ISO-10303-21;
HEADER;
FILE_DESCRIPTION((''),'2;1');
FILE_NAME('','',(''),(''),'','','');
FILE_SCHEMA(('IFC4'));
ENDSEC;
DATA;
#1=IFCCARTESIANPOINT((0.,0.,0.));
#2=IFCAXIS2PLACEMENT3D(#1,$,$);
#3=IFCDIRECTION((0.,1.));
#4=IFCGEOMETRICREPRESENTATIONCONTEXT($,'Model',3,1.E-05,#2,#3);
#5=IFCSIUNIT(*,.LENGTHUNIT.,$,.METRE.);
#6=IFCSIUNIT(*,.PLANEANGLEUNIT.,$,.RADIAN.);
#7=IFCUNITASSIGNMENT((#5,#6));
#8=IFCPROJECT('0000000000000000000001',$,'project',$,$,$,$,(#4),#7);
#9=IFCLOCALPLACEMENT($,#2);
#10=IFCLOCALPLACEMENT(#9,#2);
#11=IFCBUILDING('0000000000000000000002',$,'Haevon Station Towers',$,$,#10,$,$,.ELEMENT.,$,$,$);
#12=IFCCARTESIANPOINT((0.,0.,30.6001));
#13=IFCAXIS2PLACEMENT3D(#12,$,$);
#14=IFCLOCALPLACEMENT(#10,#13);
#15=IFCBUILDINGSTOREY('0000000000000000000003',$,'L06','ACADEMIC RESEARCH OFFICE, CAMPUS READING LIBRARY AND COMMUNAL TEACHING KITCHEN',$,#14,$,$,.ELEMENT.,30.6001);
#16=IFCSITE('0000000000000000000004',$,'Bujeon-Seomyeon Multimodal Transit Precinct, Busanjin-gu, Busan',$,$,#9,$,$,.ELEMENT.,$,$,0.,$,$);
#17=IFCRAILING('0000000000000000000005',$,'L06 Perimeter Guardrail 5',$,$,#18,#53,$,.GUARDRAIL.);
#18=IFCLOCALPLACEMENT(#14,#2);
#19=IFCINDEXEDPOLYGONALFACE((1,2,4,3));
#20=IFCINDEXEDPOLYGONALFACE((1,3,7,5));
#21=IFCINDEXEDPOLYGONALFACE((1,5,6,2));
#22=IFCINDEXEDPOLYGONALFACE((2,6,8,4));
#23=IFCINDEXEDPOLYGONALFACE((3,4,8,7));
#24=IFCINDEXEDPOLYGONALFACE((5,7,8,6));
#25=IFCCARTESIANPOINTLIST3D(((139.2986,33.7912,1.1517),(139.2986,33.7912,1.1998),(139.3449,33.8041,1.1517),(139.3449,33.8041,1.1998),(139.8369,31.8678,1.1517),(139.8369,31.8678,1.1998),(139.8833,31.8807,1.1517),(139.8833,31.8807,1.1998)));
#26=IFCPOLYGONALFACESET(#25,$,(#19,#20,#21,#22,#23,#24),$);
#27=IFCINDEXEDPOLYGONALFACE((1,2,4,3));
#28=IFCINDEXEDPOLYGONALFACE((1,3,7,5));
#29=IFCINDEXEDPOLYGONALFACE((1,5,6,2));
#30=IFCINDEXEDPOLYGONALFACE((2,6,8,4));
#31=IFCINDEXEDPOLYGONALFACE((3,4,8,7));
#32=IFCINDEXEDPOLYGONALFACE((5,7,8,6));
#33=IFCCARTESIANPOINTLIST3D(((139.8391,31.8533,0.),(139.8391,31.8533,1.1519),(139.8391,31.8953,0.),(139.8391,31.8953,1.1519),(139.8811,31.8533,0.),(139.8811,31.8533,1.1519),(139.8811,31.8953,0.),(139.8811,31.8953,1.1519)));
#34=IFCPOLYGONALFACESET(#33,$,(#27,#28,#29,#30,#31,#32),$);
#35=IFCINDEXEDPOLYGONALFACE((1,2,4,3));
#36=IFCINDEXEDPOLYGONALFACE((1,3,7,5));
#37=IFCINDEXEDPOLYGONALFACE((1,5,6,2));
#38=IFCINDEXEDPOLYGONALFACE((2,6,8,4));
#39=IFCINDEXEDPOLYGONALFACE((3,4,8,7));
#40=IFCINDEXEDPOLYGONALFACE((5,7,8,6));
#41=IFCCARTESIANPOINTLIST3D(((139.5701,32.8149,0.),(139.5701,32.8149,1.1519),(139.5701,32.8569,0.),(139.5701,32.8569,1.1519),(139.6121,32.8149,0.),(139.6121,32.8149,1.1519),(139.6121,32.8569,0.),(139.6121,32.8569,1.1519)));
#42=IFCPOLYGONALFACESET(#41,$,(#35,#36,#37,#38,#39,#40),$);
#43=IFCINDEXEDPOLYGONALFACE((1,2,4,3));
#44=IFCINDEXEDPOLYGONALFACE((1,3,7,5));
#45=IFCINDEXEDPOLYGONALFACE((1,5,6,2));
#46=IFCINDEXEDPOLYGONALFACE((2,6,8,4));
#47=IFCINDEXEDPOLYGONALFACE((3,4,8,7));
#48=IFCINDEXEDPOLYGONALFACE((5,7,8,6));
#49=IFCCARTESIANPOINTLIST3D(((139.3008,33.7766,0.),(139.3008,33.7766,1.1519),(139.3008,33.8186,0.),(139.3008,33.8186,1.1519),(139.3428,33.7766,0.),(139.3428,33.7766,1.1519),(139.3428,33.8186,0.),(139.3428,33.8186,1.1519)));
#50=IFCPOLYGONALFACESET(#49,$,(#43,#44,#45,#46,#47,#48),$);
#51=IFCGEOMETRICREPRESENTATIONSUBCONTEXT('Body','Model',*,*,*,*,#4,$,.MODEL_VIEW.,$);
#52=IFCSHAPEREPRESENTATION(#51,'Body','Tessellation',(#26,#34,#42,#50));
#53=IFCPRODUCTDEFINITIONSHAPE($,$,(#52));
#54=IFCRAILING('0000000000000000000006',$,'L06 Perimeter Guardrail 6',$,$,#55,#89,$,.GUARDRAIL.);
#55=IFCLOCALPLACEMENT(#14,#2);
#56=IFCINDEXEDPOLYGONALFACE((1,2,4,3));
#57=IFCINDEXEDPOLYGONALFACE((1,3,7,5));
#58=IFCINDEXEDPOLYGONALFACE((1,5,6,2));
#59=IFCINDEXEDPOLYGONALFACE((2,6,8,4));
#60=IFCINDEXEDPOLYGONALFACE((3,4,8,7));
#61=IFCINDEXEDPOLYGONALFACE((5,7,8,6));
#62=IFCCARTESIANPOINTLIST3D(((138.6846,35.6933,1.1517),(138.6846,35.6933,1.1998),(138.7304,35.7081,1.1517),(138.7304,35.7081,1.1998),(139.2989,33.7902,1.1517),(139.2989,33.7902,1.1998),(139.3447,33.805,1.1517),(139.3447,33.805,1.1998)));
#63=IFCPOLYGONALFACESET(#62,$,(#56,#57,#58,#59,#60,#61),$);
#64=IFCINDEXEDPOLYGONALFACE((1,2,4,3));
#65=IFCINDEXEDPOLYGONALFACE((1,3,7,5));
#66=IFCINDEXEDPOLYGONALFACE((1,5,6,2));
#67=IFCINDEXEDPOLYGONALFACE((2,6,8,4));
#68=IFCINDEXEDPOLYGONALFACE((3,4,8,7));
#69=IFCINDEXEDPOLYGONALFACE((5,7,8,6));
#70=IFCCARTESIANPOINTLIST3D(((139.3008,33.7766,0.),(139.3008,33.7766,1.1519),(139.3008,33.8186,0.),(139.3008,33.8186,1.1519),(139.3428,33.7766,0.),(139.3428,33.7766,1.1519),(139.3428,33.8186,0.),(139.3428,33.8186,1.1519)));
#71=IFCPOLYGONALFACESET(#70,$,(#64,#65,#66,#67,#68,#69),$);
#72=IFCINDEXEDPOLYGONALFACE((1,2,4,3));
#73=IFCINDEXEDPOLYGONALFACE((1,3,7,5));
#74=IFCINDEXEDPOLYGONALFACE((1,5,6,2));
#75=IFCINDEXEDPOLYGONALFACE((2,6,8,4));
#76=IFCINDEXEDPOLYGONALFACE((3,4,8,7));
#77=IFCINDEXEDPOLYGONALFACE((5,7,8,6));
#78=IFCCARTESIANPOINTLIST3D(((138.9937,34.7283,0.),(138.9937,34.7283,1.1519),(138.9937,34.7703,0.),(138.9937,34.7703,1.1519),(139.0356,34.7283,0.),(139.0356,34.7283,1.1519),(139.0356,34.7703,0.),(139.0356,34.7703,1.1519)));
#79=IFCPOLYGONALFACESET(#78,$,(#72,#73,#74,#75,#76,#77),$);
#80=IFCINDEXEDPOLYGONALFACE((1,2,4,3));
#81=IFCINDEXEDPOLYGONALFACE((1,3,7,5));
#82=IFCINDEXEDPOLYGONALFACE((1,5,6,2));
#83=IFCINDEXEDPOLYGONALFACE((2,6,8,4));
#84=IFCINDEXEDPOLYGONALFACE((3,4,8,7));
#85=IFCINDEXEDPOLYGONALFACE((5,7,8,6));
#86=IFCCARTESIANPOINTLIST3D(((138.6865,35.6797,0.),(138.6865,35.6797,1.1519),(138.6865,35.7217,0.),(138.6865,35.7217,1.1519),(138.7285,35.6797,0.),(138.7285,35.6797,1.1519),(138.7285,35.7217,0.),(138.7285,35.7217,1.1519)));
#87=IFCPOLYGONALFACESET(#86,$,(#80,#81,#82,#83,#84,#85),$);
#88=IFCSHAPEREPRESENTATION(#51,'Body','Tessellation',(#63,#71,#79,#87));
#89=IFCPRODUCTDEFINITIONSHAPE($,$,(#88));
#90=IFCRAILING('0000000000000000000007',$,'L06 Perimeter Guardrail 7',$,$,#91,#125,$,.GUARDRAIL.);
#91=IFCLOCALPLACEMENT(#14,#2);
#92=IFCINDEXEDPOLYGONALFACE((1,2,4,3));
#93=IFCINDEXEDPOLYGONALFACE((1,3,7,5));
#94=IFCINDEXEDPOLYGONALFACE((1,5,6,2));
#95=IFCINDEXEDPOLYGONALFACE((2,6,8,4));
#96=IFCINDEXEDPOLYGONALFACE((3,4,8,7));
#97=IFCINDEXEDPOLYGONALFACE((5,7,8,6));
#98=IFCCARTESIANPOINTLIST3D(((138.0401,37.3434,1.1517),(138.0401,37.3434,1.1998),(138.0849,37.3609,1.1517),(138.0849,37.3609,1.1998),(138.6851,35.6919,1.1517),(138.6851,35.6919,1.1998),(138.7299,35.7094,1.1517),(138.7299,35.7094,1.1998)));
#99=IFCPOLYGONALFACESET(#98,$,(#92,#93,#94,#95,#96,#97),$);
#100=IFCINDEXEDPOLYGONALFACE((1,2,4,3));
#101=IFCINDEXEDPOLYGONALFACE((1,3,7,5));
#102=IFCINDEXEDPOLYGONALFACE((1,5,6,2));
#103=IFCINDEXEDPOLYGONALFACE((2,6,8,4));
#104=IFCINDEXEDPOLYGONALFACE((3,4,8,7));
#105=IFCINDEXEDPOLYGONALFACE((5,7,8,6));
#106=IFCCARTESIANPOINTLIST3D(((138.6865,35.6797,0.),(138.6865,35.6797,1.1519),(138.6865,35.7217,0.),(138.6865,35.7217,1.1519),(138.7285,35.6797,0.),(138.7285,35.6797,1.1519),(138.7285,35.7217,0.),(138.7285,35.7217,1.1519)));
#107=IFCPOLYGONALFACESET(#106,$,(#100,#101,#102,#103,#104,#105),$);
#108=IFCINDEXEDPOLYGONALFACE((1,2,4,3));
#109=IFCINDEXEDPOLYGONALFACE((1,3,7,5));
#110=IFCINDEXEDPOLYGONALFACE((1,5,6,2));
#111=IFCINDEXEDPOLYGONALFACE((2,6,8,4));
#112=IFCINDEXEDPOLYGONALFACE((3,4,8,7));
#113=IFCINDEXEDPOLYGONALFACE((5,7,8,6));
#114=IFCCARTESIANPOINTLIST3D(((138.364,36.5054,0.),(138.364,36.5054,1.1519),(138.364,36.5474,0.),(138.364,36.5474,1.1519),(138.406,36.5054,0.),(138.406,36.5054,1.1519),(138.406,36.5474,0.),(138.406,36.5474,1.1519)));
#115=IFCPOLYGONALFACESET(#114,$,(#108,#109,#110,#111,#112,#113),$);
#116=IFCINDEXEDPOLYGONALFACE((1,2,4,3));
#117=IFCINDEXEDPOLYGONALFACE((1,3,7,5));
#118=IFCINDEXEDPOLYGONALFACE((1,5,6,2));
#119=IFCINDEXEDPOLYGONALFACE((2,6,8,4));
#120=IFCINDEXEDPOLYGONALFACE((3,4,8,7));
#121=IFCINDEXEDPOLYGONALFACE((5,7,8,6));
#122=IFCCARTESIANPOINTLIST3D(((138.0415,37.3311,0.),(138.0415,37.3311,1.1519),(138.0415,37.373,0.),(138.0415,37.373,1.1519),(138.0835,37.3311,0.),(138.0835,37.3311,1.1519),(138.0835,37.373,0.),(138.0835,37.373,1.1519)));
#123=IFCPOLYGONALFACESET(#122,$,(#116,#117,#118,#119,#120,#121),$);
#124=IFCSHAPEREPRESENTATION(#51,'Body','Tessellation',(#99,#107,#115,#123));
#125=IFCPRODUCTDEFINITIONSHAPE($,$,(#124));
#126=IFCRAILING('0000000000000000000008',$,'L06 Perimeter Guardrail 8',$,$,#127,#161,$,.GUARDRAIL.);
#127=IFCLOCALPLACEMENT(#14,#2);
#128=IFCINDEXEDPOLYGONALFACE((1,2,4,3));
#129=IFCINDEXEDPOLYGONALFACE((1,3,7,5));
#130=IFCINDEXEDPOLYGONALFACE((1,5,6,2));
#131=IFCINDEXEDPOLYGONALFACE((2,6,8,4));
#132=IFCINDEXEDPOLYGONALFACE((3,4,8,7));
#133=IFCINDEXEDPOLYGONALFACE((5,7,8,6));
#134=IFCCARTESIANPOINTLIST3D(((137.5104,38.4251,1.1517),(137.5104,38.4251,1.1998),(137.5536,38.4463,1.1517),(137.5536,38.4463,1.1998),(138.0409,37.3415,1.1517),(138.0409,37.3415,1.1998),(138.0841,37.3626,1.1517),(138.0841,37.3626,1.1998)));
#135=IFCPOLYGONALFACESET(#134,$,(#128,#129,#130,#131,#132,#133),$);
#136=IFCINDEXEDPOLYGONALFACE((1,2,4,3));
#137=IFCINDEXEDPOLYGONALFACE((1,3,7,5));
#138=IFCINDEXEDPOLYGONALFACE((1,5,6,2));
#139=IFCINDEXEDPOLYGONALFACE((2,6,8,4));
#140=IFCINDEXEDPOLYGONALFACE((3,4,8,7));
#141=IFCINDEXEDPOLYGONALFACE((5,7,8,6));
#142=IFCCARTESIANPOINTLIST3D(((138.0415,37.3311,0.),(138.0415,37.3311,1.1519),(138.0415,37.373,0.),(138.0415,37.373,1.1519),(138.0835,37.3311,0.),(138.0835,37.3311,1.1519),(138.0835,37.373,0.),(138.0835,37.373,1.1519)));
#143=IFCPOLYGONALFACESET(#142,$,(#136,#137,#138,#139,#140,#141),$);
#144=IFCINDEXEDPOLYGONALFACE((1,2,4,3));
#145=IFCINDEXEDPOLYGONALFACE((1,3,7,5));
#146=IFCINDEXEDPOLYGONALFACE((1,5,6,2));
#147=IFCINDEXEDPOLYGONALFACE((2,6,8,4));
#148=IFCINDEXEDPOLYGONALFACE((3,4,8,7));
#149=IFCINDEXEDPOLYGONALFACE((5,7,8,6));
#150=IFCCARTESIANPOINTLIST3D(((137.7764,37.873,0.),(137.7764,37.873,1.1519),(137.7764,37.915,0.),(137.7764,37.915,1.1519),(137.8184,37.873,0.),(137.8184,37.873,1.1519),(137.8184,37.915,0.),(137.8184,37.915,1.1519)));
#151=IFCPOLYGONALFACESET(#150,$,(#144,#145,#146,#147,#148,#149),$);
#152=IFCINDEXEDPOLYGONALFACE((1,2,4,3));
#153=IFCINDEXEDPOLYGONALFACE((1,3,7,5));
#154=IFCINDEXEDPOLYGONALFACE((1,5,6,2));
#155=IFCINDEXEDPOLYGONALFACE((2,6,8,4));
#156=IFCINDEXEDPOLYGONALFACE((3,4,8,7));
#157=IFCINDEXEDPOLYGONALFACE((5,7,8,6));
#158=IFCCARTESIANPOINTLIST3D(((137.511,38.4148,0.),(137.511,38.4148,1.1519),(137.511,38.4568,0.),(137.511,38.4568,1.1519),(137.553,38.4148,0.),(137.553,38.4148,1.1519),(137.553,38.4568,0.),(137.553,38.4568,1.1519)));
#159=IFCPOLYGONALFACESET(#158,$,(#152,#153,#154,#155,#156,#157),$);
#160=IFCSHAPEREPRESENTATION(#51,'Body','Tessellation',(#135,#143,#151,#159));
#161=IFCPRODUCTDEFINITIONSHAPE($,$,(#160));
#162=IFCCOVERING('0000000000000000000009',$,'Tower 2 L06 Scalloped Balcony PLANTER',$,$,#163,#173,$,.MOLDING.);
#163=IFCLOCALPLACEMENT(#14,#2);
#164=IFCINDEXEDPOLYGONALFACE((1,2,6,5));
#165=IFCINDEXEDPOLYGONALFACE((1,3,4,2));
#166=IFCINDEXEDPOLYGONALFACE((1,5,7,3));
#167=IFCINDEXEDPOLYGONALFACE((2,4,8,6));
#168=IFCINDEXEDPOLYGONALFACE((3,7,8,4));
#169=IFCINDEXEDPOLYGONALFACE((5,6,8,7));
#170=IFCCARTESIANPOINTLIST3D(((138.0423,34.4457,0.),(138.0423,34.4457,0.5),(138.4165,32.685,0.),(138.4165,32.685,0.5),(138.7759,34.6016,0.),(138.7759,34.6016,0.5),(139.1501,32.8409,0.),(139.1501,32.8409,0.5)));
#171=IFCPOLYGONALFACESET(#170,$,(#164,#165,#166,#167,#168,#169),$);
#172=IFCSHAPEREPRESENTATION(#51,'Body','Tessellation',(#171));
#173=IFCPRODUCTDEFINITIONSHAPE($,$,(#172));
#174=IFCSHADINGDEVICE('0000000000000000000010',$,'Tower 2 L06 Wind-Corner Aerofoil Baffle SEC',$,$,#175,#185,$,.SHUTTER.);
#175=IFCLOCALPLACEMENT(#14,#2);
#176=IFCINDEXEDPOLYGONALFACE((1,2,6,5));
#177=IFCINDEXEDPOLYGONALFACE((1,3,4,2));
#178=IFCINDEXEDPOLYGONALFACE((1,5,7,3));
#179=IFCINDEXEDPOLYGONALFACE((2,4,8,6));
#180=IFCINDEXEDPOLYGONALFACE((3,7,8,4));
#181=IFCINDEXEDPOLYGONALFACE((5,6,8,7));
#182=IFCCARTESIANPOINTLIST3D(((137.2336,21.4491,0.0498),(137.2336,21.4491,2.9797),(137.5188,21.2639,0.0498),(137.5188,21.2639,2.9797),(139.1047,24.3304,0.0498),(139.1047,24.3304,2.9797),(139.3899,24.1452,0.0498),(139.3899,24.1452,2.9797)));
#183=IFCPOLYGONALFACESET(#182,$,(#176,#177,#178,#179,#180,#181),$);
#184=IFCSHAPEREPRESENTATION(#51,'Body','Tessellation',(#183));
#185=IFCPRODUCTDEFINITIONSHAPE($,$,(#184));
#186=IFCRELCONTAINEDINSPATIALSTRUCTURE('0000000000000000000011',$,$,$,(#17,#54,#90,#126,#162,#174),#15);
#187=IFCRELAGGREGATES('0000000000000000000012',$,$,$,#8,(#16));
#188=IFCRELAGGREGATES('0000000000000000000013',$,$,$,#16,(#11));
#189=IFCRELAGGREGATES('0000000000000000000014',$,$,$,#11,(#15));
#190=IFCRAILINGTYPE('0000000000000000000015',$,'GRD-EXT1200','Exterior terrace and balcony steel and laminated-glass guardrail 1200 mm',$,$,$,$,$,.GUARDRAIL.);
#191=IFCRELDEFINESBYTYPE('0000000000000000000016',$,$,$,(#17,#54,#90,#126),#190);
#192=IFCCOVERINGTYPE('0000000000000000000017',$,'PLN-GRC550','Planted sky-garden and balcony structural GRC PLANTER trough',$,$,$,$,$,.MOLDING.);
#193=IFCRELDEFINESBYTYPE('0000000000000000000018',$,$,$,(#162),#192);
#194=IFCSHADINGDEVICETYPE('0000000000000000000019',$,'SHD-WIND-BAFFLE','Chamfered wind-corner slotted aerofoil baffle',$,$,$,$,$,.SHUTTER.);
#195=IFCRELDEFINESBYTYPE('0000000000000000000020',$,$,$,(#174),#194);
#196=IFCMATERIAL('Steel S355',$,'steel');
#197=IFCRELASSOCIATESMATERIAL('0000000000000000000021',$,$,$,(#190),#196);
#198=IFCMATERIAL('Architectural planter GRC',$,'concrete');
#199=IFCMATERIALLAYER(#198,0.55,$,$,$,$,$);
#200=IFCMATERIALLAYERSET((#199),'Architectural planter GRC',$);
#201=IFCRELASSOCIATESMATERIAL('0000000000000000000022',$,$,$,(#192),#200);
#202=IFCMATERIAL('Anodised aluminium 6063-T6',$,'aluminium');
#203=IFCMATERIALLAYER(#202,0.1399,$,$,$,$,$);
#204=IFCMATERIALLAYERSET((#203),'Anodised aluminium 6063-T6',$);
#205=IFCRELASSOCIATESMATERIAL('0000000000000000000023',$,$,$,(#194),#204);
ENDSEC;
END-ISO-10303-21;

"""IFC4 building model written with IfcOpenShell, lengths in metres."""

from ifc_helpers import new_model, si_unit, direction, frame, origin, origin_2d, place, context, subcontext, project, spatial, rectangle, extrude, material, layer, layer_set, type_object, element, save


model = new_model("IFC4")

# Units and contexts
model_context = context("Model", 3, precision=1e-05, world=origin(), true_north=direction((0.0, 1.0)))
body_context = subcontext(model_context, "Body", "Model", "MODEL_VIEW")
ifc_project = project(units=[si_unit("LENGTHUNIT", "METRE"), si_unit("PLANEANGLEUNIT", "RADIAN")], contexts=[model_context])

# Site, building, storey
site_placement = place(None, origin())
site = spatial("IfcSite", under=ifc_project, at=site_placement, Name="Bujeon-Seomyeon Multimodal Transit Precinct, Busanjin-gu, Busan", CompositionType="ELEMENT", RefElevation=0.0)
building_placement = place(site_placement, origin())
building = spatial("IfcBuilding", under=site, at=building_placement, Name="Haevon Station Towers", CompositionType="ELEMENT")
storey_placement = place(building_placement, frame((0.0, 0.0, 30.6001)))
storey = spatial("IfcBuildingStorey", under=building, at=storey_placement, Name="L06", Description="ACADEMIC RESEARCH OFFICE, CAMPUS READING LIBRARY AND COMMUNAL TEACHING KITCHEN", CompositionType="ELEMENT", Elevation=30.6001)

# Shared definitions
ifc_material_1 = material(Name="Steel S355", Category="steel")

# Railings
railing_type = type_object("IfcRailingType", Name="GRD-EXT1200", Description="Exterior terrace and balcony steel and laminated-glass guardrail 1200 mm", PredefinedType="GUARDRAIL", material=ifc_material_1)
railing_1_placement = place(storey_placement, frame((139.8601, 31.8743, 0.0)))
element("IfcRailing", 1, at=railing_1_placement, inside=storey, type_object=railing_type, Name="L06 Perimeter Guardrail 5", PredefinedType="GUARDRAIL", context=body_context, shape_type="SweptSolid", body=[
    extrude(rectangle(XDim=0.0481, YDim=0.0481, at=origin_2d()), frame((0.0, 0.0, 1.1758), z_axis=(-0.269535, 0.962991, 0.0), x_axis=(-0.962991, -0.269535, 0.0)), (0.0, 0.0, 1.0), 1.9973),
    extrude(rectangle(XDim=0.042, YDim=0.042, at=origin_2d()), origin(), (0.0, 0.0, 1.0), 1.1519),
    extrude(rectangle(XDim=0.042, YDim=0.042, at=origin_2d()), frame((-0.269, 0.9617, 0.0)), (0.0, 0.0, 1.0), 1.1519),
    extrude(rectangle(XDim=0.042, YDim=0.042, at=origin_2d()), frame((-0.5383, 1.9233, 0.0)), (0.0, 0.0, 1.0), 1.1519),
])
railing_2_placement = place(storey_placement, frame((139.3218, 33.7976, 0.0)))
element("IfcRailing", 2, at=railing_2_placement, inside=storey, type_object=railing_type, Name="L06 Perimeter Guardrail 6", PredefinedType="GUARDRAIL", context=body_context, shape_type="SweptSolid", body=[
    extrude(rectangle(XDim=0.0481, YDim=0.0481, at=origin_2d()), frame((0.0, 0.0, 1.1758), z_axis=(-0.307167, 0.951656, 0.0), x_axis=(-0.951656, -0.307167, 0.0)), (0.0, 0.0, 1.0), 1.9998),
    extrude(rectangle(XDim=0.042, YDim=0.042, at=origin_2d()), origin(), (0.0, 0.0, 1.0), 1.1519),
    extrude(rectangle(XDim=0.042, YDim=0.042, at=origin_2d()), frame((-0.3071, 0.9517, 0.0)), (0.0, 0.0, 1.0), 1.1519),
    extrude(rectangle(XDim=0.042, YDim=0.042, at=origin_2d()), frame((-0.6143, 1.9031, 0.0)), (0.0, 0.0, 1.0), 1.1519),
])
railing_3_placement = place(storey_placement, frame((138.7075, 35.7007, 0.0)))
element("IfcRailing", 3, at=railing_3_placement, inside=storey, type_object=railing_type, Name="L06 Perimeter Guardrail 7", PredefinedType="GUARDRAIL", context=body_context, shape_type="SweptSolid", body=[
    extrude(rectangle(XDim=0.0481, YDim=0.0481, at=origin_2d()), frame((0.0, 0.0, 1.1758), z_axis=(-0.363828, 0.931466, 0.0), x_axis=(-0.931466, -0.363828, 0.0)), (0.0, 0.0, 1.0), 1.7729),
    extrude(rectangle(XDim=0.042, YDim=0.042, at=origin_2d()), origin(), (0.0, 0.0, 1.0), 1.1519),
    extrude(rectangle(XDim=0.042, YDim=0.042, at=origin_2d()), frame((-0.3225, 0.8257, 0.0)), (0.0, 0.0, 1.0), 1.1519),
    extrude(rectangle(XDim=0.042, YDim=0.042, at=origin_2d()), frame((-0.645, 1.6514, 0.0)), (0.0, 0.0, 1.0), 1.1519),
])
railing_4_placement = place(storey_placement, frame((138.0625, 37.3521, 0.0)))
element("IfcRailing", 4, at=railing_4_placement, inside=storey, type_object=railing_type, Name="L06 Perimeter Guardrail 8", PredefinedType="GUARDRAIL", context=body_context, shape_type="SweptSolid", body=[
    extrude(rectangle(XDim=0.0481, YDim=0.0481, at=origin_2d()), frame((0.0, 0.0, 1.1758), z_axis=(-0.439671, 0.898159, 0.0), x_axis=(-0.898159, -0.439671, 0.0)), (0.0, 0.0, 1.0), 1.2065),
    extrude(rectangle(XDim=0.042, YDim=0.042, at=origin_2d()), origin(), (0.0, 0.0, 1.0), 1.1519),
    extrude(rectangle(XDim=0.042, YDim=0.042, at=origin_2d()), frame((-0.2651, 0.542, 0.0)), (0.0, 0.0, 1.0), 1.1519),
    extrude(rectangle(XDim=0.042, YDim=0.042, at=origin_2d()), frame((-0.5305, 1.0837, 0.0)), (0.0, 0.0, 1.0), 1.1519),
])

# Covering
ifc_material_2 = material(Name="Architectural planter GRC", Category="concrete")
ifc_layer_1 = layer(ifc_material_2, 0.55)
ifc_layer_set_1 = layer_set([ifc_layer_1], Name="Architectural planter GRC")
covering_type = type_object("IfcCoveringType", Name="PLN-GRC550", Description="Planted sky-garden and balcony structural GRC PLANTER trough", PredefinedType="MOLDING", material=ifc_layer_set_1)
covering_placement = place(storey_placement, frame((138.5962, 33.6433, 0.0), z_axis=(0.0, 0.0, 1.0), x_axis=(0.978148, 0.207912, 0.0)))
element("IfcCovering", 5, at=covering_placement, inside=storey, type_object=covering_type, Name="Tower 2 L06 Scalloped Balcony PLANTER", PredefinedType="MOLDING", context=body_context, shape_type="SweptSolid", body=[
    extrude(rectangle(XDim=0.75, YDim=1.8, at=origin_2d()), origin(), (0.0, 0.0, 1.0), 0.5),
])

# Shading device
ifc_material_3 = material(Name="Anodised aluminium 6063-T6", Category="aluminium")
ifc_layer_2 = layer(ifc_material_3, 0.1399)
ifc_layer_set_2 = layer_set([ifc_layer_2], Name="Anodised aluminium 6063-T6")
shading_device_type = type_object("IfcShadingDeviceType", Name="SHD-WIND-BAFFLE", Description="Chamfered wind-corner slotted aerofoil baffle", PredefinedType="SHUTTER", material=ifc_layer_set_2)
shading_device_placement = place(storey_placement, frame((138.3118, 22.7971, 0.0498), z_axis=(0.0, 0.0, 1.0), x_axis=(-0.544639, -0.838671, 0.0)))
element("IfcShadingDevice", 6, at=shading_device_placement, inside=storey, type_object=shading_device_type, Name="Tower 2 L06 Wind-Corner Aerofoil Baffle SEC", PredefinedType="SHUTTER", context=body_context, shape_type="SweptSolid", body=[
    extrude(rectangle(XDim=3.4355, YDim=0.3401, at=origin_2d()), origin(), (0.0, 0.0, 1.0), 2.9299),
])

save(model, "model.ifc")
